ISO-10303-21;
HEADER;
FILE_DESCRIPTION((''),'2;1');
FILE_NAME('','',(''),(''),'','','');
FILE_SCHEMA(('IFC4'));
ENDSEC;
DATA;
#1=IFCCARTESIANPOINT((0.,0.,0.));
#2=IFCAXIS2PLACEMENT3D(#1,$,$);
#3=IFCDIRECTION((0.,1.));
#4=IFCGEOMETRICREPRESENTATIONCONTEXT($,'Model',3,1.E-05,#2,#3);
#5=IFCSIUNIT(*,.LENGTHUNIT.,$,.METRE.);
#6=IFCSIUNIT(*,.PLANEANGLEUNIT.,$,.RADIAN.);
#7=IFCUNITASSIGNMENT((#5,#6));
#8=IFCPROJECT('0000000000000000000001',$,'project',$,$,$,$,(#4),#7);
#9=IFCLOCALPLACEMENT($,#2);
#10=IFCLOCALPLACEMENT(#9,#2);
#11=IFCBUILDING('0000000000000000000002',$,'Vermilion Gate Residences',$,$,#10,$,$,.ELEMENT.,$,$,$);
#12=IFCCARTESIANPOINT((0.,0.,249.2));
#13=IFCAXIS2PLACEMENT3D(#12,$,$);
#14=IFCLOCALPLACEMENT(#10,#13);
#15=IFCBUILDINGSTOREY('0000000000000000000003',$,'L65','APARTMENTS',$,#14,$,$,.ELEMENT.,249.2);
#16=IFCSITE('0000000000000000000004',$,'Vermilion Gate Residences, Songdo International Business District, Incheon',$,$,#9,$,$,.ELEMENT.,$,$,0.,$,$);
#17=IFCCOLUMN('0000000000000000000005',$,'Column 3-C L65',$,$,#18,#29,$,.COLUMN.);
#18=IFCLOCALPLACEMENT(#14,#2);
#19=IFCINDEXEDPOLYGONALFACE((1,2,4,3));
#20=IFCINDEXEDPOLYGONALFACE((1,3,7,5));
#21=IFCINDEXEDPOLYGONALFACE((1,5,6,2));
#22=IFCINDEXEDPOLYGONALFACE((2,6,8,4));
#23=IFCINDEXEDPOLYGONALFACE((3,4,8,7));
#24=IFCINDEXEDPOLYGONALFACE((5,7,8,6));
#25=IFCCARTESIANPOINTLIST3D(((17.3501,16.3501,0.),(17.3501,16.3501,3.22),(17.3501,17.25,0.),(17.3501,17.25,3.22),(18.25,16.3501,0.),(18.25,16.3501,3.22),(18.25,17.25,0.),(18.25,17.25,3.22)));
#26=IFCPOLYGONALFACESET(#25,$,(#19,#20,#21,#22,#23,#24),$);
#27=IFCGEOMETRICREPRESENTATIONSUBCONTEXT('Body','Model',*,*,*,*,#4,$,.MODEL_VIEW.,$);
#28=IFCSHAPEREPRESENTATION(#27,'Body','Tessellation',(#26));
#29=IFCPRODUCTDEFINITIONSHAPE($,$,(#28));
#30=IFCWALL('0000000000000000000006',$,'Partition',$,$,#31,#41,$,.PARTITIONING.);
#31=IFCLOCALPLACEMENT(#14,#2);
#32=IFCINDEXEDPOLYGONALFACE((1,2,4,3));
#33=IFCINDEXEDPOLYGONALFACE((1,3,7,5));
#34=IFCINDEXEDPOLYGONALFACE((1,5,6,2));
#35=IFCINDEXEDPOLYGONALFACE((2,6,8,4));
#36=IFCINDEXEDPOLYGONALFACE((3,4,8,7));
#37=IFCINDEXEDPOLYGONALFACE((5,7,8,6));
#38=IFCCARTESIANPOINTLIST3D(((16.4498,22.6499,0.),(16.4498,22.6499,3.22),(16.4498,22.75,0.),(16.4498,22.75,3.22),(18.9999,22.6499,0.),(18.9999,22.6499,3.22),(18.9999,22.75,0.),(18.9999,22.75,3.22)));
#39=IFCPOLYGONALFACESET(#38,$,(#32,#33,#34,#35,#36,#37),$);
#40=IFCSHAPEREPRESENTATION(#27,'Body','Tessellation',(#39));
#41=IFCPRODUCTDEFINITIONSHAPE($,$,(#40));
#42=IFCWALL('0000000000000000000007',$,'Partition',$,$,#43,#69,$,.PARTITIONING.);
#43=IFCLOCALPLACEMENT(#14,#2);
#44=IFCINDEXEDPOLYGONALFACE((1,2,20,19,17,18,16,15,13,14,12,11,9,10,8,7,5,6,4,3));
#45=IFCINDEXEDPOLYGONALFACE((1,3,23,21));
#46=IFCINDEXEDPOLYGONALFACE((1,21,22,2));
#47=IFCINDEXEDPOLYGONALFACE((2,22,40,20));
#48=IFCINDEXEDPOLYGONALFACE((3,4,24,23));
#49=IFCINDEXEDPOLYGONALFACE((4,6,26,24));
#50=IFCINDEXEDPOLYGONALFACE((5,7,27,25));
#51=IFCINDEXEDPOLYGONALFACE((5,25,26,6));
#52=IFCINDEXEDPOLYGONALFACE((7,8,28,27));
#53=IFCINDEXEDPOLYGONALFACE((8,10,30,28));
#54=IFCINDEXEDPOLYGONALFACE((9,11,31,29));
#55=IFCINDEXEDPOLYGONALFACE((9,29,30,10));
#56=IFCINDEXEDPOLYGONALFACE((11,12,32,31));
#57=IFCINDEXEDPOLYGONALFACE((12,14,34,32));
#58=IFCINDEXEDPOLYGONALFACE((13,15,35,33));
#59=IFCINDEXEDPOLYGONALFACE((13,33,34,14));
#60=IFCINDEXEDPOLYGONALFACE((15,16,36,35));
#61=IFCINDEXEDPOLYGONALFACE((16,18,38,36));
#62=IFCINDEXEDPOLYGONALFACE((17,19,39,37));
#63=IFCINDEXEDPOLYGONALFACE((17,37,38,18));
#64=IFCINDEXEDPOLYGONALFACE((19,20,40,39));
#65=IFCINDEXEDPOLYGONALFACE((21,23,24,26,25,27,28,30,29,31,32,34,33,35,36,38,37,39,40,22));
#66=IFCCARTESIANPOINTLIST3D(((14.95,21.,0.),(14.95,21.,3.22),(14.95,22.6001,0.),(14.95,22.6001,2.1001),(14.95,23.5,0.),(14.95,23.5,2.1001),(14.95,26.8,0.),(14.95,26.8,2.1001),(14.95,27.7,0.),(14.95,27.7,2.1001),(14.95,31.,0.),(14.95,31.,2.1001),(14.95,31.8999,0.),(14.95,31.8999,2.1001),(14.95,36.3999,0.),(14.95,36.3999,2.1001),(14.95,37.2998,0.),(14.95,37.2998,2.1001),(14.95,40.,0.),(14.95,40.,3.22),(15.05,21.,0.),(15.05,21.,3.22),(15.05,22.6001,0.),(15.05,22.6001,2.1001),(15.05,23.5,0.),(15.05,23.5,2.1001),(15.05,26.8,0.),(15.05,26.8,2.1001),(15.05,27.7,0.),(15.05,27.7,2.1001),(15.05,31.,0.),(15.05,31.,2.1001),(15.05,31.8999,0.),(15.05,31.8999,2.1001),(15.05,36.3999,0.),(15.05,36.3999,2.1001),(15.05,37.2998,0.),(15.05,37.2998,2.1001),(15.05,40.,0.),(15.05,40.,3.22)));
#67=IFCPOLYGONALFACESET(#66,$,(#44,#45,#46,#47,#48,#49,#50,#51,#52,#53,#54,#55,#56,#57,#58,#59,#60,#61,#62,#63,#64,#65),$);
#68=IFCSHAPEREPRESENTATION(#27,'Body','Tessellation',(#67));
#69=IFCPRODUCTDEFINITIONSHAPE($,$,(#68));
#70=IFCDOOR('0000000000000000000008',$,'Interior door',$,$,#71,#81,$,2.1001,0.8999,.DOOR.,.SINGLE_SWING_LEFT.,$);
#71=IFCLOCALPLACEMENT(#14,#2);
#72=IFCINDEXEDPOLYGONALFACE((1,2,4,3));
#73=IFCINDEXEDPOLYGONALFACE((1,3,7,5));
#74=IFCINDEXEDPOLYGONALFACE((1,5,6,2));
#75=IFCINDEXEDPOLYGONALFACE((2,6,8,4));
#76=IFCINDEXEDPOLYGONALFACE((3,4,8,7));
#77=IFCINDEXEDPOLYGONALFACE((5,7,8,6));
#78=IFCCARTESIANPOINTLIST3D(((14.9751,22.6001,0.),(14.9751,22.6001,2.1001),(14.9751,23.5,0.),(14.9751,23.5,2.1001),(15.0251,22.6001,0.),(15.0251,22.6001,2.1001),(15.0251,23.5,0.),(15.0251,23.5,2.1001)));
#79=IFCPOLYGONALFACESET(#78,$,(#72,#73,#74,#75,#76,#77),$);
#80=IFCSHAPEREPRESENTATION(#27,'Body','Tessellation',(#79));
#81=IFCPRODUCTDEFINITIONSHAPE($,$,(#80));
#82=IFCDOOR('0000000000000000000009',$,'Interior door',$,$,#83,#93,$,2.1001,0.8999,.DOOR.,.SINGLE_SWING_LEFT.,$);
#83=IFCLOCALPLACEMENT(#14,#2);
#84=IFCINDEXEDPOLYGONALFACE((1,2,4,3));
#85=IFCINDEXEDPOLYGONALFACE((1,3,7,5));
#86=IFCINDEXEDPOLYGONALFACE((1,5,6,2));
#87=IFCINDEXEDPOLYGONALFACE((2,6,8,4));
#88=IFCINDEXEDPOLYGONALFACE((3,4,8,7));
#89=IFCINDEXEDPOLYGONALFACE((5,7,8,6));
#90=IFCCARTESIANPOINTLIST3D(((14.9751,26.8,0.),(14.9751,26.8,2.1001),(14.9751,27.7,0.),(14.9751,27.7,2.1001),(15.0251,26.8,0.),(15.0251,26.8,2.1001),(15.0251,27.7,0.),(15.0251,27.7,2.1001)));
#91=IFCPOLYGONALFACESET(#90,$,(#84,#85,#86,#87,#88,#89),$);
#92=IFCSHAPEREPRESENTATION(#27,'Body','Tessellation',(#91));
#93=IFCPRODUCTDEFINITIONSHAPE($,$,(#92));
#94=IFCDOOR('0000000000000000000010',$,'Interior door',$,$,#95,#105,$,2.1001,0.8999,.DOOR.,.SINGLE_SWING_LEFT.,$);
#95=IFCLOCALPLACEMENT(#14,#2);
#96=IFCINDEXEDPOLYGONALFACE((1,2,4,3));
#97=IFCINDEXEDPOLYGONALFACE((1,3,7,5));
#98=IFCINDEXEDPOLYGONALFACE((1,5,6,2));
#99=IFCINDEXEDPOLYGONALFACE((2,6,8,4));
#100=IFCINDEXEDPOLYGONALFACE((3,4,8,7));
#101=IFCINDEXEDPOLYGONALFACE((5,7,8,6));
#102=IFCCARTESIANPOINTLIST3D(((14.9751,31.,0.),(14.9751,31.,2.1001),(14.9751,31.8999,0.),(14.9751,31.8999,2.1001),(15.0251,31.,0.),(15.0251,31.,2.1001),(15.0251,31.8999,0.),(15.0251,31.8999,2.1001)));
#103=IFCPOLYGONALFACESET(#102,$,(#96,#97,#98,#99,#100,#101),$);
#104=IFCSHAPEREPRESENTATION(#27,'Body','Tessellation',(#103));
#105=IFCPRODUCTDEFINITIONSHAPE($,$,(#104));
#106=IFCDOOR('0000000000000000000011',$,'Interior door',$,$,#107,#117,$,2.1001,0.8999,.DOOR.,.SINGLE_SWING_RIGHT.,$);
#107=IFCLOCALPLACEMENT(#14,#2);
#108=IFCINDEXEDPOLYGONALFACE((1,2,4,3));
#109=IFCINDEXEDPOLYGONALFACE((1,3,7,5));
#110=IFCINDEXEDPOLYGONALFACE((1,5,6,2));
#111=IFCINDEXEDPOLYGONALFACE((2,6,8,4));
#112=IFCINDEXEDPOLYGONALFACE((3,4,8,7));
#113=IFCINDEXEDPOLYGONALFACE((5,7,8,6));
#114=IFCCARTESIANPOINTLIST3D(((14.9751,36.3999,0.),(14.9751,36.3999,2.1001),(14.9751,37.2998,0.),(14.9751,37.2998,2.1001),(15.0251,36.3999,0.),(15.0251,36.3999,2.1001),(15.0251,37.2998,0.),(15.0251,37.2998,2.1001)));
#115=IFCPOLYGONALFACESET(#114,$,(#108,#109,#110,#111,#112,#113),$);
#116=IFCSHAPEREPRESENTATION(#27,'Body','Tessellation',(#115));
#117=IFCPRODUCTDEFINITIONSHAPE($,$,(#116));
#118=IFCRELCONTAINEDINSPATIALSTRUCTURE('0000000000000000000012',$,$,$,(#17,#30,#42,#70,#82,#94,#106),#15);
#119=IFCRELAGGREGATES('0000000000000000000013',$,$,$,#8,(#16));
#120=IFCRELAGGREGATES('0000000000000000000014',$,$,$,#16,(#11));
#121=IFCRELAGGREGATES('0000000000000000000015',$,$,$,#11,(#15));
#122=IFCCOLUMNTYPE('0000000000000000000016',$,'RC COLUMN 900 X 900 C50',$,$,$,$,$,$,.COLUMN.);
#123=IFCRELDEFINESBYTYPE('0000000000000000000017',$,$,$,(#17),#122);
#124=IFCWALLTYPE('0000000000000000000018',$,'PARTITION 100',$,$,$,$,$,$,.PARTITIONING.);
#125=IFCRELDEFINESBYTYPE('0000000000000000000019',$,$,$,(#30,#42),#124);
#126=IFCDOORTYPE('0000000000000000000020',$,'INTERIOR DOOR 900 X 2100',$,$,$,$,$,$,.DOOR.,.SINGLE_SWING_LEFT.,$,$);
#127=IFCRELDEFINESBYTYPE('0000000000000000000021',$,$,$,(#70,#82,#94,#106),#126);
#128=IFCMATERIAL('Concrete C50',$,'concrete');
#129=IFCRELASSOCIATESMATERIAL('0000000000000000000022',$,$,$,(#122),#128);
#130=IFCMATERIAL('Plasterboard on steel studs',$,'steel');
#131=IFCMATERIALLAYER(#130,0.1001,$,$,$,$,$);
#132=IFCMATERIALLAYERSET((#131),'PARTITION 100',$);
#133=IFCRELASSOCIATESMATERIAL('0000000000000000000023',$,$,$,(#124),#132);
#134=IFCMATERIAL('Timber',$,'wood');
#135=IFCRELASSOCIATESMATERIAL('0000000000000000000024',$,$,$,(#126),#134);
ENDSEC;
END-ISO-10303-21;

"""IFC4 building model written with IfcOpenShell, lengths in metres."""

from ifc_helpers import new_model, si_unit, direction, frame, frame_2d, origin, origin_2d, place, context, subcontext, project, spatial, rectangle, extrude, material, layer, layer_set, material_profile, profile_set, type_object, element, fill, save


model = new_model("IFC4")

# Units and contexts
model_context = context("Model", 3, precision=1e-05, world=origin(), true_north=direction((0.0, 1.0)))
body_context = subcontext(model_context, "Body", "Model", "MODEL_VIEW")
ifc_project = project(units=[si_unit("LENGTHUNIT", "METRE"), si_unit("PLANEANGLEUNIT", "RADIAN")], contexts=[model_context])

# Site, building, storey
site_placement = place(None, origin())
site = spatial("IfcSite", under=ifc_project, at=site_placement, Name="Vermilion Gate Residences, Songdo International Business District, Incheon", CompositionType="ELEMENT", RefElevation=0.0)
building_placement = place(site_placement, origin())
building = spatial("IfcBuilding", under=site, at=building_placement, Name="Vermilion Gate Residences", CompositionType="ELEMENT")
storey_placement = place(building_placement, frame((0.0, 0.0, 249.2)))
storey = spatial("IfcBuildingStorey", under=building, at=storey_placement, Name="L65", Description="APARTMENTS", CompositionType="ELEMENT", Elevation=249.2)

# Column
ifc_material_1 = material(Name="Concrete C50", Category="concrete")
ifc_material_profile = material_profile(ifc_material_1, rectangle(XDim=0.8999, YDim=0.8999, at=origin_2d()), Name="RC-900x900")
ifc_profile_set = profile_set([ifc_material_profile], Name="Concrete C50")
column_type = type_object("IfcColumnType", Name="RC COLUMN 900 X 900 C50", PredefinedType="COLUMN", material=ifc_profile_set)
column_placement = place(storey_placement, frame((17.8, 16.8, 0.0), z_axis=(0.0, 0.0, 1.0), x_axis=(1.0, 0.0, 0.0)))
element("IfcColumn", 1, at=column_placement, inside=storey, type_object=column_type, Name="Column 3-C L65", PredefinedType="COLUMN", context=body_context, shape_type="SweptSolid", body=[
    extrude(rectangle(XDim=0.8999, YDim=0.8999, at=origin_2d()), origin(), (0.0, 0.0, 1.0), 3.22),
])

# Wall
ifc_material_2 = material(Name="Plasterboard on steel studs", Category="steel")
ifc_layer_1 = layer(ifc_material_2, 0.1001)
ifc_layer_set_1 = layer_set([ifc_layer_1], Name="PARTITION 100")
wall_type_1 = type_object("IfcWallType", Name="PARTITION 100", PredefinedType="PARTITIONING", material=ifc_layer_set_1)
wall_1_placement = place(storey_placement, frame((16.45, 22.7, 0.0), z_axis=(0.0, 0.0, 1.0), x_axis=(1.0, 0.0, 0.0)))
element("IfcWall", 2, at=wall_1_placement, inside=storey, type_object=wall_type_1, Name="Partition", PredefinedType="PARTITIONING", context=body_context, shape_type="SweptSolid", body=[
    extrude(rectangle(XDim=2.55, YDim=0.1001, at=frame_2d((1.2749, 0.0))), origin(), (0.0, 0.0, 1.0), 3.22),
])

# Wall, openings, doors
wall_2_placement = place(storey_placement, frame((15.0, 21.0, 0.0), z_axis=(0.0, 0.0, 1.0), x_axis=(0.0, 1.0, 0.0)))
wall_2 = element("IfcWall", 3, at=wall_2_placement, inside=storey, type_object=wall_type_1, Name="Partition", PredefinedType="PARTITIONING", context=body_context, shape_type="SweptSolid", body=[
    extrude(rectangle(XDim=19.0, YDim=0.1001, at=frame_2d((9.5, 0.0))), origin(), (0.0, 0.0, 1.0), 3.22),
])
opening_1_placement = place(wall_2_placement, frame((1.6001, 0.0, 0.0)))
opening_1 = element("IfcOpeningElement", 4, at=opening_1_placement, cuts=wall_2, PredefinedType="OPENING", context=body_context, shape_type="SweptSolid", body=[
    extrude(rectangle(XDim=0.8999, YDim=2.1001, at=frame_2d((0.45, 1.05))), frame((0.0, 0.0601, 0.0), z_axis=(0.0, -1.0, 0.0), x_axis=(1.0, 0.0, 0.0)), (0.0, 0.0, 1.0), 0.1201),
])
opening_2_placement = place(wall_2_placement, frame((5.8, 0.0, 0.0)))
opening_2 = element("IfcOpeningElement", 5, at=opening_2_placement, cuts=wall_2, PredefinedType="OPENING", context=body_context, shape_type="SweptSolid", body=[
    extrude(rectangle(XDim=0.8999, YDim=2.1001, at=frame_2d((0.45, 1.05))), frame((0.0, 0.0601, 0.0), z_axis=(0.0, -1.0, 0.0), x_axis=(1.0, 0.0, 0.0)), (0.0, 0.0, 1.0), 0.1201),
])
opening_3_placement = place(wall_2_placement, frame((10.0, 0.0, 0.0)))
opening_3 = element("IfcOpeningElement", 6, at=opening_3_placement, cuts=wall_2, PredefinedType="OPENING", context=body_context, shape_type="SweptSolid", body=[
    extrude(rectangle(XDim=0.8999, YDim=2.1001, at=frame_2d((0.45, 1.05))), frame((0.0, 0.0601, 0.0), z_axis=(0.0, -1.0, 0.0), x_axis=(1.0, 0.0, 0.0)), (0.0, 0.0, 1.0), 0.1201),
])
opening_4_placement = place(wall_2_placement, frame((15.3999, 0.0, 0.0)))
opening_4 = element("IfcOpeningElement", 7, at=opening_4_placement, cuts=wall_2, PredefinedType="OPENING", context=body_context, shape_type="SweptSolid", body=[
    extrude(rectangle(XDim=0.8999, YDim=2.1001, at=frame_2d((0.45, 1.05))), frame((0.0, 0.0601, 0.0), z_axis=(0.0, -1.0, 0.0), x_axis=(1.0, 0.0, 0.0)), (0.0, 0.0, 1.0), 0.1201),
])
ifc_material_3 = material(Name="Timber", Category="wood")
door_type_1 = type_object("IfcDoorType", Name="INTERIOR DOOR 900 X 2100", OperationType="SINGLE_SWING_LEFT", PredefinedType="DOOR", material=ifc_material_3)
door_1_placement = place(opening_1_placement, origin())
door_1 = element("IfcDoor", 8, at=door_1_placement, inside=storey, type_object=door_type_1, Name="Interior door", OperationType="SINGLE_SWING_LEFT", OverallHeight=2.1001, OverallWidth=0.8999, PredefinedType="DOOR", context=body_context, shape_type="SweptSolid", body=[
    extrude(rectangle(XDim=0.8999, YDim=2.1001, at=frame_2d((0.45, 1.05))), frame((0.0, 0.0249, 0.0), z_axis=(0.0, -1.0, 0.0), x_axis=(1.0, 0.0, 0.0)), (0.0, 0.0, 1.0), 0.05),
])
fill(opening_1, door_1)
door_2_placement = place(opening_2_placement, origin())
door_2 = element("IfcDoor", 9, at=door_2_placement, inside=storey, type_object=door_type_1, Name="Interior door", OperationType="SINGLE_SWING_LEFT", OverallHeight=2.1001, OverallWidth=0.8999, PredefinedType="DOOR", context=body_context, shape_type="SweptSolid", body=[
    extrude(rectangle(XDim=0.8999, YDim=2.1001, at=frame_2d((0.45, 1.05))), frame((0.0, 0.0249, 0.0), z_axis=(0.0, -1.0, 0.0), x_axis=(1.0, 0.0, 0.0)), (0.0, 0.0, 1.0), 0.05),
])
fill(opening_2, door_2)
door_3_placement = place(opening_3_placement, origin())
door_3 = element("IfcDoor", 10, at=door_3_placement, inside=storey, type_object=door_type_1, Name="Interior door", OperationType="SINGLE_SWING_LEFT", OverallHeight=2.1001, OverallWidth=0.8999, PredefinedType="DOOR", context=body_context, shape_type="SweptSolid", body=[
    extrude(rectangle(XDim=0.8999, YDim=2.1001, at=frame_2d((0.45, 1.05))), frame((0.0, 0.0249, 0.0), z_axis=(0.0, -1.0, 0.0), x_axis=(1.0, 0.0, 0.0)), (0.0, 0.0, 1.0), 0.05),
])
fill(opening_3, door_3)
door_4_placement = place(opening_4_placement, origin())
door_4 = element("IfcDoor", 11, at=door_4_placement, inside=storey, type_object=door_type_1, Name="Interior door", OperationType="SINGLE_SWING_RIGHT", OverallHeight=2.1001, OverallWidth=0.8999, PredefinedType="DOOR", context=body_context, shape_type="SweptSolid", body=[
    extrude(rectangle(XDim=0.8999, YDim=2.1001, at=frame_2d((0.45, 1.05))), frame((0.0, 0.0249, 0.0), z_axis=(0.0, -1.0, 0.0), x_axis=(1.0, 0.0, 0.0)), (0.0, 0.0, 1.0), 0.05),
])
fill(opening_4, door_4)

save(model, "model.ifc")
